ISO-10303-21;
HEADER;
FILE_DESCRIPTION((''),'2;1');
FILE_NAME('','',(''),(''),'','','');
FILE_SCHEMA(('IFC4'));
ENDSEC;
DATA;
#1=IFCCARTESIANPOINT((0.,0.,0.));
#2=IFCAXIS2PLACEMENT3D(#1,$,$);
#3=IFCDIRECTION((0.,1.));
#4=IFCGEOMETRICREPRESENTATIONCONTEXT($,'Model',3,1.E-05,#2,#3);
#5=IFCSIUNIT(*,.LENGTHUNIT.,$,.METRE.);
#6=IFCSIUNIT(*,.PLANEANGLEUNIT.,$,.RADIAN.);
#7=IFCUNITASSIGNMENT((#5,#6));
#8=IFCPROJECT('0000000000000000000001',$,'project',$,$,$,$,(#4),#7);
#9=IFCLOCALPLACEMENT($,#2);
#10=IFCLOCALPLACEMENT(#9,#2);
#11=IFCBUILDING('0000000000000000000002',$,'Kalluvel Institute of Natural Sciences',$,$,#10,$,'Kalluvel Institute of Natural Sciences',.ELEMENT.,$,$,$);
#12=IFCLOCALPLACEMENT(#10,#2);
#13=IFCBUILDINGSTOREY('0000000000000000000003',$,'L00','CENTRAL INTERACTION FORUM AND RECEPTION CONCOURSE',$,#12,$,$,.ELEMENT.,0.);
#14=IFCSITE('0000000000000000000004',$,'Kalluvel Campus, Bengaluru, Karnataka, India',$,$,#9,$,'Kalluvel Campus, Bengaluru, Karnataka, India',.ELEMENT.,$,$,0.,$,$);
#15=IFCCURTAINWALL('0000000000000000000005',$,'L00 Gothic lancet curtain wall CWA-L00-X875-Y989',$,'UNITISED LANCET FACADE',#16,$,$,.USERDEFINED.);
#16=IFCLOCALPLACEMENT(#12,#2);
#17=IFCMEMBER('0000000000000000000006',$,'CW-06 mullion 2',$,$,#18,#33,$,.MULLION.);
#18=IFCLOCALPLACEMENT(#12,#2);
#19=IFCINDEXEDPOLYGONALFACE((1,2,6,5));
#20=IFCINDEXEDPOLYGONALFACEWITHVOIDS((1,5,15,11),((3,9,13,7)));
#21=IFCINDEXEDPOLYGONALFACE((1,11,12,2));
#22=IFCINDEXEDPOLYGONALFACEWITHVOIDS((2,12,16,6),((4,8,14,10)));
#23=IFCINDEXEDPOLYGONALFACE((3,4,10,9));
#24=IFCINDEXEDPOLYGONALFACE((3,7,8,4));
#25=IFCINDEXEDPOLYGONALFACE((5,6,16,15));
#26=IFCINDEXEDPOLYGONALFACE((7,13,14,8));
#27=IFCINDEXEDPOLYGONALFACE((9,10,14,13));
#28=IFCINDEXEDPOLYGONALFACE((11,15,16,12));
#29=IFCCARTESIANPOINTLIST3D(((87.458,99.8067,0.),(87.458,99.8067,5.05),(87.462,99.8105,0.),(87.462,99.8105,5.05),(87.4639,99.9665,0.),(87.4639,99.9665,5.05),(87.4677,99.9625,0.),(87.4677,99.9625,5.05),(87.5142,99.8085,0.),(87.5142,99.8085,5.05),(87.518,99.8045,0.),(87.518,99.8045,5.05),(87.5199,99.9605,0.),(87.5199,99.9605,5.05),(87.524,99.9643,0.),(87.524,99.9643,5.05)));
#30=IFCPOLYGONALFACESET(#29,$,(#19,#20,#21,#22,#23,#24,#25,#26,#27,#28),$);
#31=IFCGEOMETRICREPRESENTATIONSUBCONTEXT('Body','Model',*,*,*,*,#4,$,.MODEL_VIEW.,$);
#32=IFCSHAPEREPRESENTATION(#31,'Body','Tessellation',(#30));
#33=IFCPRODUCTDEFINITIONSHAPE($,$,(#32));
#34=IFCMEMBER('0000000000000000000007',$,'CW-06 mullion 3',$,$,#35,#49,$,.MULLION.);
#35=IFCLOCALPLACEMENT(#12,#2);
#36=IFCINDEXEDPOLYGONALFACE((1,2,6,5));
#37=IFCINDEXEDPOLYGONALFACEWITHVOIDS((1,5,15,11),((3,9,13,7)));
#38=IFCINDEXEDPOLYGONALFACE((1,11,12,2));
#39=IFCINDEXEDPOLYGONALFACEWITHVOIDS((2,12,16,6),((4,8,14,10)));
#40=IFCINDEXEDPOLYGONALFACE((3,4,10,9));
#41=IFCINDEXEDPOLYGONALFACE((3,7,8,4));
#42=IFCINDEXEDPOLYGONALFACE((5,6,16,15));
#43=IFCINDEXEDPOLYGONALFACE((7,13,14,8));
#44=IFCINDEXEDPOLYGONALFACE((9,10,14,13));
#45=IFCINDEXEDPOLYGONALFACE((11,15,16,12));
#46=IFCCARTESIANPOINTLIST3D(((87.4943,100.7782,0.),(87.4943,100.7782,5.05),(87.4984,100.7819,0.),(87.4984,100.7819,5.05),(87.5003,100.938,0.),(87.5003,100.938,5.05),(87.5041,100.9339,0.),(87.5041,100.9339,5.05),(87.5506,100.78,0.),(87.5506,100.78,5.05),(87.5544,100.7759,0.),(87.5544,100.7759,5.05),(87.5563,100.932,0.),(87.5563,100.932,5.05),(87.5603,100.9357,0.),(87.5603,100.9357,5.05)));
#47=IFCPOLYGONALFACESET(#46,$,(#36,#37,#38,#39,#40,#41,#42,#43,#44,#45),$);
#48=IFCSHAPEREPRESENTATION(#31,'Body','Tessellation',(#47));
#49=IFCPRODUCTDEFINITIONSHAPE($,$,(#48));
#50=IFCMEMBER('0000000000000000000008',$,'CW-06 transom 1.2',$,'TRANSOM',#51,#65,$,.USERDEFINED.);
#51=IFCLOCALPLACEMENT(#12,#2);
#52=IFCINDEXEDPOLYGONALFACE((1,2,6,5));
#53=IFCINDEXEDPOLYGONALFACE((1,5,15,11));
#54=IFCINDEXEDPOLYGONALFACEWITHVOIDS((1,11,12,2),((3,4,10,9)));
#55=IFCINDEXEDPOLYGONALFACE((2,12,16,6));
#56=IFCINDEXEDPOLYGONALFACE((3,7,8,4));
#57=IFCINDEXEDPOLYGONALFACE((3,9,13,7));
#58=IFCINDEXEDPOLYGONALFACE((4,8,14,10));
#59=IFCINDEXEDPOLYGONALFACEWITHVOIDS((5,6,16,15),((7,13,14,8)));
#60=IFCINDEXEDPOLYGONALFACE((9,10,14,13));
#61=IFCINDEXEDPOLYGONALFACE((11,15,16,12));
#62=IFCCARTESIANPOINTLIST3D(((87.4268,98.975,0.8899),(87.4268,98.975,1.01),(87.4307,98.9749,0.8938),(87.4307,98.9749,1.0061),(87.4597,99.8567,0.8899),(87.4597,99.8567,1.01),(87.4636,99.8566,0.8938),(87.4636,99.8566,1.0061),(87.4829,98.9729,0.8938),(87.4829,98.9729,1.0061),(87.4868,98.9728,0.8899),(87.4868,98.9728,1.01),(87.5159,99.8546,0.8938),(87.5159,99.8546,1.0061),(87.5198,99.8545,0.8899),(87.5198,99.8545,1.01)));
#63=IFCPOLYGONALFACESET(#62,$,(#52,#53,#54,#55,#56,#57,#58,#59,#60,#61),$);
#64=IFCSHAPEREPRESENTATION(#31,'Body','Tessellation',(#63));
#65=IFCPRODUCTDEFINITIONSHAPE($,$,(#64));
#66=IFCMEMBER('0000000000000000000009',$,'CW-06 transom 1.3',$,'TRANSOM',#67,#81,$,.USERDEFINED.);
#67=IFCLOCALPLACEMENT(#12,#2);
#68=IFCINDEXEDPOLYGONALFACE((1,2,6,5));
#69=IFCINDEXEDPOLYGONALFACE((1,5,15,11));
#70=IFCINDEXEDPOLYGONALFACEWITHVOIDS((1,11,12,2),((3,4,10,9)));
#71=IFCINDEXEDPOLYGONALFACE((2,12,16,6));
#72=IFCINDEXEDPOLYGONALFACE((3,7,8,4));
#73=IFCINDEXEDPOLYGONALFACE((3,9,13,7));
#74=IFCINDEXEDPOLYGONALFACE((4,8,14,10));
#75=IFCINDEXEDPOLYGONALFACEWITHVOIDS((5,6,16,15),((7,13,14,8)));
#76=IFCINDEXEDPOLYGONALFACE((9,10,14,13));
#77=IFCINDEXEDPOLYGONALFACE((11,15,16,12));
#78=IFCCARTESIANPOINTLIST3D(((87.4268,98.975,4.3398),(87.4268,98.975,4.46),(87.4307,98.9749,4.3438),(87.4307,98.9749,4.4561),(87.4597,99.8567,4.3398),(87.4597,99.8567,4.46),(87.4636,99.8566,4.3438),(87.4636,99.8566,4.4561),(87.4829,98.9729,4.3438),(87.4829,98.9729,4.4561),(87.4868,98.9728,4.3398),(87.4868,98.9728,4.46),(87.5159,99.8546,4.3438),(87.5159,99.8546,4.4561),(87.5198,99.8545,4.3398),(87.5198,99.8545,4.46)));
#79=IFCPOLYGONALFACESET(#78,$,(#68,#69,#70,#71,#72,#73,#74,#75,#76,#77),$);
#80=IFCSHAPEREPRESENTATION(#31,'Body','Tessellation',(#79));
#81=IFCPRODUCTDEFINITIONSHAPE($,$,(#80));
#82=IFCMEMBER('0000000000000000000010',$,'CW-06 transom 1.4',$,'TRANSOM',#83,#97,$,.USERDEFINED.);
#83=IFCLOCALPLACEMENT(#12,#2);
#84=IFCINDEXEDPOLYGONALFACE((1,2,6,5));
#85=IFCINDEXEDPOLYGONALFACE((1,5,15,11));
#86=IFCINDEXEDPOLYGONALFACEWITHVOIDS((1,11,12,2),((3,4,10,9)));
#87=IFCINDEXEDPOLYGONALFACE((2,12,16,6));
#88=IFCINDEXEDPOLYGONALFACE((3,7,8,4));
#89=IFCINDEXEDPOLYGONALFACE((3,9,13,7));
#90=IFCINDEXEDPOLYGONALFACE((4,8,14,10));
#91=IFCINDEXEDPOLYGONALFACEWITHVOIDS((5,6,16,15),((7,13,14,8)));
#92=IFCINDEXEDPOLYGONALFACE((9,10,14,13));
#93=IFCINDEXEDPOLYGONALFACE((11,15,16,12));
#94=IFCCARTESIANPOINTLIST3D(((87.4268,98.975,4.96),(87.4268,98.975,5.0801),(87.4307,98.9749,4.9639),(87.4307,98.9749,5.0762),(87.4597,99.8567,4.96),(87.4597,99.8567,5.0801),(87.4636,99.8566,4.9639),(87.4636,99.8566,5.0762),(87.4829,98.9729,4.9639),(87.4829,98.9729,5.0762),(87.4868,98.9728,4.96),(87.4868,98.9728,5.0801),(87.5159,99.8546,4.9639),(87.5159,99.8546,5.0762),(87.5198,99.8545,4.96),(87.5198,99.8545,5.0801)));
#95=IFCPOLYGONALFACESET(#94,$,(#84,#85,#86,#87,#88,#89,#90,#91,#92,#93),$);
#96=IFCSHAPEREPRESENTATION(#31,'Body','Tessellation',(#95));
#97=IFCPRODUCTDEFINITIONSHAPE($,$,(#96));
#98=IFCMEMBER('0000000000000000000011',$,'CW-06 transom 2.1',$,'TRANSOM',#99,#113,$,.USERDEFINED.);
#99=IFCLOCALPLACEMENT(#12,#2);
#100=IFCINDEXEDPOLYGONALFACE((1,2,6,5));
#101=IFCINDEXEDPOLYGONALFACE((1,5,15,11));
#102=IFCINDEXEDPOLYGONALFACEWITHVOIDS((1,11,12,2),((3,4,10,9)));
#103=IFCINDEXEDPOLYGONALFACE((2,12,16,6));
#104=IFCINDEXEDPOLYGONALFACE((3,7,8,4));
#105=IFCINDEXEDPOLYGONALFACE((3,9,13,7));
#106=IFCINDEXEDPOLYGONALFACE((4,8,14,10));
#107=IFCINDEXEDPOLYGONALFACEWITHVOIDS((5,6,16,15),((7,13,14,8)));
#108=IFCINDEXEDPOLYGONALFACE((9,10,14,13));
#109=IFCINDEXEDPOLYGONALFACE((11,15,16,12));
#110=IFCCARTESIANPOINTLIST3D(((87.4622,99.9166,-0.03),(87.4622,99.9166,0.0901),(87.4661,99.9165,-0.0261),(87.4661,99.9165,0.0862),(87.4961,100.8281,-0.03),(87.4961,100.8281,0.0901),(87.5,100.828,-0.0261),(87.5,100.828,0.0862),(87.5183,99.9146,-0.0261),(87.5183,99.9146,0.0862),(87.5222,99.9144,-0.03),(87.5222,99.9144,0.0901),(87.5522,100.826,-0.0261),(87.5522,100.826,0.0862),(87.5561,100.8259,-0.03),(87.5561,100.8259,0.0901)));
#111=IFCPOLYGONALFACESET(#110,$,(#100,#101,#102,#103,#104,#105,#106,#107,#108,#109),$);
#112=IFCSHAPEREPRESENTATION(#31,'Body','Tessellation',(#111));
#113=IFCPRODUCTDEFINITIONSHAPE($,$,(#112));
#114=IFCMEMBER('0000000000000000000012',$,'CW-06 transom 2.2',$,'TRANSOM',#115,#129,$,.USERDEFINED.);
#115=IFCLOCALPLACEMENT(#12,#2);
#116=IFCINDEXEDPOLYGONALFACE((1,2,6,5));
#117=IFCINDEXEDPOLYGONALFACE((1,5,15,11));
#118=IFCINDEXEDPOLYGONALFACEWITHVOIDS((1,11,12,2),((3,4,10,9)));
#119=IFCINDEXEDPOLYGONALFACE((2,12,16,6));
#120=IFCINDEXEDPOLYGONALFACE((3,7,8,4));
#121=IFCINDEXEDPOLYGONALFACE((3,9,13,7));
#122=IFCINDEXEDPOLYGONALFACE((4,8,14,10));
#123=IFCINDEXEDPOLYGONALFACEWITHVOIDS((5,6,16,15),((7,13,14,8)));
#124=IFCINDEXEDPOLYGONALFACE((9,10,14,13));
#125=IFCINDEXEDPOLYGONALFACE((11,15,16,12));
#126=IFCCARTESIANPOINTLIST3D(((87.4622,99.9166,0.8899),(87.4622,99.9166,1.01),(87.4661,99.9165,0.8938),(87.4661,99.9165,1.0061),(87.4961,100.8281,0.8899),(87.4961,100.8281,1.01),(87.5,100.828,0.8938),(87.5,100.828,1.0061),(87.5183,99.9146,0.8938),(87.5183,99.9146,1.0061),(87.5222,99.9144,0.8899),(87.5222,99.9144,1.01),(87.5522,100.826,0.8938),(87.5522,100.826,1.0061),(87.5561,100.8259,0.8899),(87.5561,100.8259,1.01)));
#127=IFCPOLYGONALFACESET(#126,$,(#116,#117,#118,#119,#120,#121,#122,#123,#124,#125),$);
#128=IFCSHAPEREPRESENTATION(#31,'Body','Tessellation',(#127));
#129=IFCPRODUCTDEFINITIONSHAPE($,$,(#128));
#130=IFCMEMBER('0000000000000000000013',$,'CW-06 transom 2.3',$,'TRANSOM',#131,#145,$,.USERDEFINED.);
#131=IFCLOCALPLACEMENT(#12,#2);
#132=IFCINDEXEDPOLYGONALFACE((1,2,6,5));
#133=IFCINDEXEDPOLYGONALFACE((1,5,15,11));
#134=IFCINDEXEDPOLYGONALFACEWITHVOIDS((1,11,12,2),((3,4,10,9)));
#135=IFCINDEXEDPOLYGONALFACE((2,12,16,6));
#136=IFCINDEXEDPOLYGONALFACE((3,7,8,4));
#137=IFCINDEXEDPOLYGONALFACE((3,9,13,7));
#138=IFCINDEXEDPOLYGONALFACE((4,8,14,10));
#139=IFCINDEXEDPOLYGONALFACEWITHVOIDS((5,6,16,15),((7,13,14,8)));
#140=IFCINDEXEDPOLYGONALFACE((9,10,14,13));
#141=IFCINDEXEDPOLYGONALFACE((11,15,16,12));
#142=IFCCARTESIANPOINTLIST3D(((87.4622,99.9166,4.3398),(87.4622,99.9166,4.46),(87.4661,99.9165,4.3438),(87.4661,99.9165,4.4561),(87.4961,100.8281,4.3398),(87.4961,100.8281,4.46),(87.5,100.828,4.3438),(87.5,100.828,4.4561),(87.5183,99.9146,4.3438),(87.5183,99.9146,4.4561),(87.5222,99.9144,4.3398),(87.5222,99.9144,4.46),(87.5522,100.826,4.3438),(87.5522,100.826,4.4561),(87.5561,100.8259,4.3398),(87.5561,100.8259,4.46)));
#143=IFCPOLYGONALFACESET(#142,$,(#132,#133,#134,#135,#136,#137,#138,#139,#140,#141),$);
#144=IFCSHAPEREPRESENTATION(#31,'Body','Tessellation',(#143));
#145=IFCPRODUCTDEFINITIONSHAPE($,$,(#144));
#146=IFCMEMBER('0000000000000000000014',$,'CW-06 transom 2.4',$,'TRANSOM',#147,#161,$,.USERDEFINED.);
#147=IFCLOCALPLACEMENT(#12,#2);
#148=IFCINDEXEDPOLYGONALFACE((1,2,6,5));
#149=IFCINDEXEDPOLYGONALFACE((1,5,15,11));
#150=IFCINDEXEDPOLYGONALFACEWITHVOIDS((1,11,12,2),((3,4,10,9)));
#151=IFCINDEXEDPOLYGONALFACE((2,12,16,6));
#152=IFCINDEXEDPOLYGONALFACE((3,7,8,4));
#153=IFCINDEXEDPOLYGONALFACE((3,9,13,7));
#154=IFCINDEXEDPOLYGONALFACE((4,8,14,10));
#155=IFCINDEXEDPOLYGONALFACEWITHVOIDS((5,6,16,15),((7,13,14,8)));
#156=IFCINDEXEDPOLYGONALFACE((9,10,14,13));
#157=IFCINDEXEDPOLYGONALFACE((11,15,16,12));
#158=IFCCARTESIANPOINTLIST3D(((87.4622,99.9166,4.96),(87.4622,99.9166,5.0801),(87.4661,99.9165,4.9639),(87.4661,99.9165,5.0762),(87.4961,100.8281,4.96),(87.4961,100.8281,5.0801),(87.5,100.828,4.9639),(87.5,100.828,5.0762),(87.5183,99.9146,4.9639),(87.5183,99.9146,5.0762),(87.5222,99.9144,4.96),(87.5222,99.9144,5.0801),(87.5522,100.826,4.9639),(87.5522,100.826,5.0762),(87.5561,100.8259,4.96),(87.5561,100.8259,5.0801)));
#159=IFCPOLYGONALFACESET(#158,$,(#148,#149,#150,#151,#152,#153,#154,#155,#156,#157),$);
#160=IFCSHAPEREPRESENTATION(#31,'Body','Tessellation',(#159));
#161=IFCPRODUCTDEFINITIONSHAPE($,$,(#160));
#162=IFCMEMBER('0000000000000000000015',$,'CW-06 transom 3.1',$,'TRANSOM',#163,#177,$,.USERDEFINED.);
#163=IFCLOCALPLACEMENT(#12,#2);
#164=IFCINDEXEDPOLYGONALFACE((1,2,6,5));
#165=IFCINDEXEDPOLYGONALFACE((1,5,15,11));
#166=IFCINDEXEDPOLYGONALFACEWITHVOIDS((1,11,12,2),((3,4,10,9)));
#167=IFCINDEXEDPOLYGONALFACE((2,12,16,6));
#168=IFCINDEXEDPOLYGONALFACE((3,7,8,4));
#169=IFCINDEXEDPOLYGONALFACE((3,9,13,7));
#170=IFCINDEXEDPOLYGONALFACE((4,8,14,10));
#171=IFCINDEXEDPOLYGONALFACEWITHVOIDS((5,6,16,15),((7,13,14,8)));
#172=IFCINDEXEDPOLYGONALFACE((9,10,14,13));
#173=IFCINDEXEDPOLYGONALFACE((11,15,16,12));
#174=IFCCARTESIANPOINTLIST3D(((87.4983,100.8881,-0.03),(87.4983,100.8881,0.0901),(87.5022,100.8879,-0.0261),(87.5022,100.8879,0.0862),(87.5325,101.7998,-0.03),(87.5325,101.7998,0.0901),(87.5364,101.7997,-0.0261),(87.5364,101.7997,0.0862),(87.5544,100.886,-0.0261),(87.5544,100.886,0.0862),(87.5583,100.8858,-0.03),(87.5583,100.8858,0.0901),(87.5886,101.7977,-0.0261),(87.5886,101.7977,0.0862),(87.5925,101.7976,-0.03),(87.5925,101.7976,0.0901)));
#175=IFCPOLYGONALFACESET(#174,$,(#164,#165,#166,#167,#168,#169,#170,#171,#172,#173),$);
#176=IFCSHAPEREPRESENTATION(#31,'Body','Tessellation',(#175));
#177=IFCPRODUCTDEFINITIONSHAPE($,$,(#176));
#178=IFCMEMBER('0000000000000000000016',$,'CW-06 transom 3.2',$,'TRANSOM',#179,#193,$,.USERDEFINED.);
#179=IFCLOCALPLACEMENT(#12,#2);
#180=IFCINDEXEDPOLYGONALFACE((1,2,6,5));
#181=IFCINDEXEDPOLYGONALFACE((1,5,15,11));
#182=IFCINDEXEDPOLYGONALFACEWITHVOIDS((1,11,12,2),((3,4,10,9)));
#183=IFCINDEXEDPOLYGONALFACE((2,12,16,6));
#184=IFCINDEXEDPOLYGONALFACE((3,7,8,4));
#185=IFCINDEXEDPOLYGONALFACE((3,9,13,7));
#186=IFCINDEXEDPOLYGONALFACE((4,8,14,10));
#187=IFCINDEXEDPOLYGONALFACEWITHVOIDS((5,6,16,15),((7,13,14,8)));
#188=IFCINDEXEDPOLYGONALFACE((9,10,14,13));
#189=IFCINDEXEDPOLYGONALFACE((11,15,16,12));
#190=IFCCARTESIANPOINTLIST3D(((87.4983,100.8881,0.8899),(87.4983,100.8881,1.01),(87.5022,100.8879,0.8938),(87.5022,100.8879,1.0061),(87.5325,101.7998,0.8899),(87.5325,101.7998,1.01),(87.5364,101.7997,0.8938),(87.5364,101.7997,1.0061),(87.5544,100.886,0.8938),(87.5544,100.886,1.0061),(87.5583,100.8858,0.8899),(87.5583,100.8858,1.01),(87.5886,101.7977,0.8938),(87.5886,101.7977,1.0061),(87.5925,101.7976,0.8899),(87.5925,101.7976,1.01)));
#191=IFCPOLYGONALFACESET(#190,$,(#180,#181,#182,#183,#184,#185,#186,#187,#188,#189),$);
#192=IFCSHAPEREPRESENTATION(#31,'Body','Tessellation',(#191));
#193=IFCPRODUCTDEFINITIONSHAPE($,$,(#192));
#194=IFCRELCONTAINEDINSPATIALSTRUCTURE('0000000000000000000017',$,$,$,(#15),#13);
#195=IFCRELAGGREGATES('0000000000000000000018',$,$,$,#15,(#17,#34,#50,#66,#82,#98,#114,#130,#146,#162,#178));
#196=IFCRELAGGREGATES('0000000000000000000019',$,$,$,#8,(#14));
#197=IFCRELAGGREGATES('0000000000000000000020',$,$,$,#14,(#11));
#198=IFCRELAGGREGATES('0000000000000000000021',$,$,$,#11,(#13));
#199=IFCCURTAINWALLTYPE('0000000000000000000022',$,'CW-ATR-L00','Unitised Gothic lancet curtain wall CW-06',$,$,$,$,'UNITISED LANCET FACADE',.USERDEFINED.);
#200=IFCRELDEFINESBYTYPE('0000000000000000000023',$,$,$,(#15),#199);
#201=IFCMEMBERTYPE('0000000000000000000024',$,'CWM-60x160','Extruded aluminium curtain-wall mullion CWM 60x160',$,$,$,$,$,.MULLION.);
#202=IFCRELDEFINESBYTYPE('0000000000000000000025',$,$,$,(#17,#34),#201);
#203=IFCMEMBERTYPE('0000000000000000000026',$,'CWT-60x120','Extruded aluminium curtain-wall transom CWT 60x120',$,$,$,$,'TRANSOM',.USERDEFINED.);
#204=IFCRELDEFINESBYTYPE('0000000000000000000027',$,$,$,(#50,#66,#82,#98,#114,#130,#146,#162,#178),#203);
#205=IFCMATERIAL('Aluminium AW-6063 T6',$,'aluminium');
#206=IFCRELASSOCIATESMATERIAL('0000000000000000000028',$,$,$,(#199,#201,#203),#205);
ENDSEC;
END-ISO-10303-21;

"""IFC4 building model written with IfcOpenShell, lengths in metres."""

from ifc_helpers import new_model, si_unit, direction, frame, origin, origin_2d, place, context, subcontext, project, spatial, hollow_rectangle, extrude, material, material_profile, profile_set, type_object, element, aggregate, save


model = new_model("IFC4")

# Units and contexts
model_context = context("Model", 3, precision=1e-05, world=origin(), true_north=direction((0.0, 1.0)))
body_context = subcontext(model_context, "Body", "Model", "MODEL_VIEW")
ifc_project = project(units=[si_unit("LENGTHUNIT", "METRE"), si_unit("PLANEANGLEUNIT", "RADIAN")], contexts=[model_context])

# Site, building, storey
site_placement = place(None, origin())
site = spatial("IfcSite", under=ifc_project, at=site_placement, Name="Kalluvel Campus, Bengaluru, Karnataka, India", LongName="Kalluvel Campus, Bengaluru, Karnataka, India", CompositionType="ELEMENT", RefElevation=0.0)
building_placement = place(site_placement, origin())
building = spatial("IfcBuilding", under=site, at=building_placement, Name="Kalluvel Institute of Natural Sciences", LongName="Kalluvel Institute of Natural Sciences", CompositionType="ELEMENT")
storey_placement = place(building_placement, origin())
storey = spatial("IfcBuildingStorey", under=building, at=storey_placement, Name="L00", Description="CENTRAL INTERACTION FORUM AND RECEPTION CONCOURSE", CompositionType="ELEMENT", Elevation=0.0)

# Curtain wall, members
ifc_material_1 = material(Name="Aluminium AW-6063 T6", Category="aluminium")
curtain_wall_type_1 = type_object("IfcCurtainWallType", Name="CW-ATR-L00", Description="Unitised Gothic lancet curtain wall CW-06", ElementType="UNITISED LANCET FACADE", PredefinedType="USERDEFINED", material=ifc_material_1)
curtain_wall_1_placement = place(storey_placement, origin())
curtain_wall_1 = element("IfcCurtainWall", 1, at=curtain_wall_1_placement, inside=storey, type_object=curtain_wall_type_1, Name="L00 Gothic lancet curtain wall CWA-L00-X875-Y989", ObjectType="UNITISED LANCET FACADE", PredefinedType="USERDEFINED")
ifc_material_profile_1 = material_profile(ifc_material_1, hollow_rectangle(XDim=0.0601, YDim=0.1599, WallThickness=0.0039, at=origin_2d()), Name="CWM 60x160")
ifc_profile_set_1 = profile_set([ifc_material_profile_1], Name="Aluminium AW-6063 T6")
member_type_1 = type_object("IfcMemberType", Name="CWM-60x160", Description="Extruded aluminium curtain-wall mullion CWM 60x160", PredefinedType="MULLION", material=ifc_profile_set_1)
member_1_placement = place(storey_placement, frame((87.491, 99.8855, 0.0), z_axis=(0.0, 0.0, 1.0), x_axis=(-0.999301, 0.03739, 0.0)))
member_1 = element("IfcMember", 2, at=member_1_placement, type_object=member_type_1, Name="CW-06 mullion 2", PredefinedType="MULLION", context=body_context, shape_type="SweptSolid", body=[
    extrude(hollow_rectangle(XDim=0.0601, YDim=0.1599, WallThickness=0.0039, at=origin_2d()), origin(), (0.0, 0.0, 1.0), 5.05),
])
member_2_placement = place(storey_placement, frame((87.5273, 100.8569, 0.0), z_axis=(0.0, 0.0, 1.0), x_axis=(-0.999301, 0.03739, 0.0)))
member_2 = element("IfcMember", 3, at=member_2_placement, type_object=member_type_1, Name="CW-06 mullion 3", PredefinedType="MULLION", context=body_context, shape_type="SweptSolid", body=[
    extrude(hollow_rectangle(XDim=0.0601, YDim=0.1599, WallThickness=0.0039, at=origin_2d()), origin(), (0.0, 0.0, 1.0), 5.05),
])
ifc_material_profile_2 = material_profile(ifc_material_1, hollow_rectangle(XDim=0.0601, YDim=0.1201, WallThickness=0.0039, at=origin_2d()), Name="CWT 60x120")
ifc_profile_set_2 = profile_set([ifc_material_profile_2], Name="Aluminium AW-6063 T6")
member_type_2 = type_object("IfcMemberType", Name="CWT-60x120", Description="Extruded aluminium curtain-wall transom CWT 60x120", ElementType="TRANSOM", PredefinedType="USERDEFINED", material=ifc_profile_set_2)
member_3_placement = place(storey_placement, frame((87.4568, 98.9739, 0.95), z_axis=(0.03736, 0.999302, 0.0), x_axis=(-0.999302, 0.03736, 0.0)))
member_3 = element("IfcMember", 4, at=member_3_placement, type_object=member_type_2, Name="CW-06 transom 1.2", ObjectType="TRANSOM", PredefinedType="USERDEFINED", context=body_context, shape_type="SweptSolid", body=[
    extrude(hollow_rectangle(XDim=0.0601, YDim=0.1201, WallThickness=0.0039, at=origin_2d()), origin(), (0.0, 0.0, 1.0), 0.8823),
])
member_4_placement = place(storey_placement, frame((87.4568, 98.9739, 4.3999), z_axis=(0.03736, 0.999302, 0.0), x_axis=(-0.999302, 0.03736, 0.0)))
member_4 = element("IfcMember", 5, at=member_4_placement, type_object=member_type_2, Name="CW-06 transom 1.3", ObjectType="TRANSOM", PredefinedType="USERDEFINED", context=body_context, shape_type="SweptSolid", body=[
    extrude(hollow_rectangle(XDim=0.0601, YDim=0.1201, WallThickness=0.0039, at=origin_2d()), origin(), (0.0, 0.0, 1.0), 0.8823),
])
member_5_placement = place(storey_placement, frame((87.4568, 98.9739, 5.02), z_axis=(0.03736, 0.999302, 0.0), x_axis=(-0.999302, 0.03736, 0.0)))
member_5 = element("IfcMember", 6, at=member_5_placement, type_object=member_type_2, Name="CW-06 transom 1.4", ObjectType="TRANSOM", PredefinedType="USERDEFINED", context=body_context, shape_type="SweptSolid", body=[
    extrude(hollow_rectangle(XDim=0.0601, YDim=0.1201, WallThickness=0.0039, at=origin_2d()), origin(), (0.0, 0.0, 1.0), 0.8823),
])
member_6_placement = place(storey_placement, frame((87.4922, 99.9155, 0.03), z_axis=(0.03721, 0.999307, 0.0), x_axis=(-0.999307, 0.03721, 0.0)))
member_6 = element("IfcMember", 7, at=member_6_placement, type_object=member_type_2, Name="CW-06 transom 2.1", ObjectType="TRANSOM", PredefinedType="USERDEFINED", context=body_context, shape_type="SweptSolid", body=[
    extrude(hollow_rectangle(XDim=0.0601, YDim=0.1201, WallThickness=0.0039, at=origin_2d()), origin(), (0.0, 0.0, 1.0), 0.9121),
])
member_7_placement = place(storey_placement, frame((87.4922, 99.9155, 0.95), z_axis=(0.03721, 0.999307, 0.0), x_axis=(-0.999307, 0.03721, 0.0)))
member_7 = element("IfcMember", 8, at=member_7_placement, type_object=member_type_2, Name="CW-06 transom 2.2", ObjectType="TRANSOM", PredefinedType="USERDEFINED", context=body_context, shape_type="SweptSolid", body=[
    extrude(hollow_rectangle(XDim=0.0601, YDim=0.1201, WallThickness=0.0039, at=origin_2d()), origin(), (0.0, 0.0, 1.0), 0.9121),
])
member_8_placement = place(storey_placement, frame((87.4922, 99.9155, 4.3999), z_axis=(0.03721, 0.999307, 0.0), x_axis=(-0.999307, 0.03721, 0.0)))
member_8 = element("IfcMember", 9, at=member_8_placement, type_object=member_type_2, Name="CW-06 transom 2.3", ObjectType="TRANSOM", PredefinedType="USERDEFINED", context=body_context, shape_type="SweptSolid", body=[
    extrude(hollow_rectangle(XDim=0.0601, YDim=0.1201, WallThickness=0.0039, at=origin_2d()), origin(), (0.0, 0.0, 1.0), 0.9121),
])
member_9_placement = place(storey_placement, frame((87.4922, 99.9155, 5.02), z_axis=(0.03721, 0.999307, 0.0), x_axis=(-0.999307, 0.03721, 0.0)))
member_9 = element("IfcMember", 10, at=member_9_placement, type_object=member_type_2, Name="CW-06 transom 2.4", ObjectType="TRANSOM", PredefinedType="USERDEFINED", context=body_context, shape_type="SweptSolid", body=[
    extrude(hollow_rectangle(XDim=0.0601, YDim=0.1201, WallThickness=0.0039, at=origin_2d()), origin(), (0.0, 0.0, 1.0), 0.9121),
])
member_10_placement = place(storey_placement, frame((87.5283, 100.887, 0.03), z_axis=(0.037467, 0.999298, 0.0), x_axis=(-0.999298, 0.037467, 0.0)))
member_10 = element("IfcMember", 11, at=member_10_placement, type_object=member_type_2, Name="CW-06 transom 3.1", ObjectType="TRANSOM", PredefinedType="USERDEFINED", context=body_context, shape_type="SweptSolid", body=[
    extrude(hollow_rectangle(XDim=0.0601, YDim=0.1201, WallThickness=0.0039, at=origin_2d()), origin(), (0.0, 0.0, 1.0), 0.9124),
])
member_11_placement = place(storey_placement, frame((87.5283, 100.887, 0.95), z_axis=(0.037467, 0.999298, 0.0), x_axis=(-0.999298, 0.037467, 0.0)))
member_11 = element("IfcMember", 12, at=member_11_placement, type_object=member_type_2, Name="CW-06 transom 3.2", ObjectType="TRANSOM", PredefinedType="USERDEFINED", context=body_context, shape_type="SweptSolid", body=[
    extrude(hollow_rectangle(XDim=0.0601, YDim=0.1201, WallThickness=0.0039, at=origin_2d()), origin(), (0.0, 0.0, 1.0), 0.9124),
])

aggregate(curtain_wall_1, [member_1, member_2, member_3, member_4, member_5, member_6, member_7, member_8, member_9, member_10, member_11])

save(model, "model.ifc")
